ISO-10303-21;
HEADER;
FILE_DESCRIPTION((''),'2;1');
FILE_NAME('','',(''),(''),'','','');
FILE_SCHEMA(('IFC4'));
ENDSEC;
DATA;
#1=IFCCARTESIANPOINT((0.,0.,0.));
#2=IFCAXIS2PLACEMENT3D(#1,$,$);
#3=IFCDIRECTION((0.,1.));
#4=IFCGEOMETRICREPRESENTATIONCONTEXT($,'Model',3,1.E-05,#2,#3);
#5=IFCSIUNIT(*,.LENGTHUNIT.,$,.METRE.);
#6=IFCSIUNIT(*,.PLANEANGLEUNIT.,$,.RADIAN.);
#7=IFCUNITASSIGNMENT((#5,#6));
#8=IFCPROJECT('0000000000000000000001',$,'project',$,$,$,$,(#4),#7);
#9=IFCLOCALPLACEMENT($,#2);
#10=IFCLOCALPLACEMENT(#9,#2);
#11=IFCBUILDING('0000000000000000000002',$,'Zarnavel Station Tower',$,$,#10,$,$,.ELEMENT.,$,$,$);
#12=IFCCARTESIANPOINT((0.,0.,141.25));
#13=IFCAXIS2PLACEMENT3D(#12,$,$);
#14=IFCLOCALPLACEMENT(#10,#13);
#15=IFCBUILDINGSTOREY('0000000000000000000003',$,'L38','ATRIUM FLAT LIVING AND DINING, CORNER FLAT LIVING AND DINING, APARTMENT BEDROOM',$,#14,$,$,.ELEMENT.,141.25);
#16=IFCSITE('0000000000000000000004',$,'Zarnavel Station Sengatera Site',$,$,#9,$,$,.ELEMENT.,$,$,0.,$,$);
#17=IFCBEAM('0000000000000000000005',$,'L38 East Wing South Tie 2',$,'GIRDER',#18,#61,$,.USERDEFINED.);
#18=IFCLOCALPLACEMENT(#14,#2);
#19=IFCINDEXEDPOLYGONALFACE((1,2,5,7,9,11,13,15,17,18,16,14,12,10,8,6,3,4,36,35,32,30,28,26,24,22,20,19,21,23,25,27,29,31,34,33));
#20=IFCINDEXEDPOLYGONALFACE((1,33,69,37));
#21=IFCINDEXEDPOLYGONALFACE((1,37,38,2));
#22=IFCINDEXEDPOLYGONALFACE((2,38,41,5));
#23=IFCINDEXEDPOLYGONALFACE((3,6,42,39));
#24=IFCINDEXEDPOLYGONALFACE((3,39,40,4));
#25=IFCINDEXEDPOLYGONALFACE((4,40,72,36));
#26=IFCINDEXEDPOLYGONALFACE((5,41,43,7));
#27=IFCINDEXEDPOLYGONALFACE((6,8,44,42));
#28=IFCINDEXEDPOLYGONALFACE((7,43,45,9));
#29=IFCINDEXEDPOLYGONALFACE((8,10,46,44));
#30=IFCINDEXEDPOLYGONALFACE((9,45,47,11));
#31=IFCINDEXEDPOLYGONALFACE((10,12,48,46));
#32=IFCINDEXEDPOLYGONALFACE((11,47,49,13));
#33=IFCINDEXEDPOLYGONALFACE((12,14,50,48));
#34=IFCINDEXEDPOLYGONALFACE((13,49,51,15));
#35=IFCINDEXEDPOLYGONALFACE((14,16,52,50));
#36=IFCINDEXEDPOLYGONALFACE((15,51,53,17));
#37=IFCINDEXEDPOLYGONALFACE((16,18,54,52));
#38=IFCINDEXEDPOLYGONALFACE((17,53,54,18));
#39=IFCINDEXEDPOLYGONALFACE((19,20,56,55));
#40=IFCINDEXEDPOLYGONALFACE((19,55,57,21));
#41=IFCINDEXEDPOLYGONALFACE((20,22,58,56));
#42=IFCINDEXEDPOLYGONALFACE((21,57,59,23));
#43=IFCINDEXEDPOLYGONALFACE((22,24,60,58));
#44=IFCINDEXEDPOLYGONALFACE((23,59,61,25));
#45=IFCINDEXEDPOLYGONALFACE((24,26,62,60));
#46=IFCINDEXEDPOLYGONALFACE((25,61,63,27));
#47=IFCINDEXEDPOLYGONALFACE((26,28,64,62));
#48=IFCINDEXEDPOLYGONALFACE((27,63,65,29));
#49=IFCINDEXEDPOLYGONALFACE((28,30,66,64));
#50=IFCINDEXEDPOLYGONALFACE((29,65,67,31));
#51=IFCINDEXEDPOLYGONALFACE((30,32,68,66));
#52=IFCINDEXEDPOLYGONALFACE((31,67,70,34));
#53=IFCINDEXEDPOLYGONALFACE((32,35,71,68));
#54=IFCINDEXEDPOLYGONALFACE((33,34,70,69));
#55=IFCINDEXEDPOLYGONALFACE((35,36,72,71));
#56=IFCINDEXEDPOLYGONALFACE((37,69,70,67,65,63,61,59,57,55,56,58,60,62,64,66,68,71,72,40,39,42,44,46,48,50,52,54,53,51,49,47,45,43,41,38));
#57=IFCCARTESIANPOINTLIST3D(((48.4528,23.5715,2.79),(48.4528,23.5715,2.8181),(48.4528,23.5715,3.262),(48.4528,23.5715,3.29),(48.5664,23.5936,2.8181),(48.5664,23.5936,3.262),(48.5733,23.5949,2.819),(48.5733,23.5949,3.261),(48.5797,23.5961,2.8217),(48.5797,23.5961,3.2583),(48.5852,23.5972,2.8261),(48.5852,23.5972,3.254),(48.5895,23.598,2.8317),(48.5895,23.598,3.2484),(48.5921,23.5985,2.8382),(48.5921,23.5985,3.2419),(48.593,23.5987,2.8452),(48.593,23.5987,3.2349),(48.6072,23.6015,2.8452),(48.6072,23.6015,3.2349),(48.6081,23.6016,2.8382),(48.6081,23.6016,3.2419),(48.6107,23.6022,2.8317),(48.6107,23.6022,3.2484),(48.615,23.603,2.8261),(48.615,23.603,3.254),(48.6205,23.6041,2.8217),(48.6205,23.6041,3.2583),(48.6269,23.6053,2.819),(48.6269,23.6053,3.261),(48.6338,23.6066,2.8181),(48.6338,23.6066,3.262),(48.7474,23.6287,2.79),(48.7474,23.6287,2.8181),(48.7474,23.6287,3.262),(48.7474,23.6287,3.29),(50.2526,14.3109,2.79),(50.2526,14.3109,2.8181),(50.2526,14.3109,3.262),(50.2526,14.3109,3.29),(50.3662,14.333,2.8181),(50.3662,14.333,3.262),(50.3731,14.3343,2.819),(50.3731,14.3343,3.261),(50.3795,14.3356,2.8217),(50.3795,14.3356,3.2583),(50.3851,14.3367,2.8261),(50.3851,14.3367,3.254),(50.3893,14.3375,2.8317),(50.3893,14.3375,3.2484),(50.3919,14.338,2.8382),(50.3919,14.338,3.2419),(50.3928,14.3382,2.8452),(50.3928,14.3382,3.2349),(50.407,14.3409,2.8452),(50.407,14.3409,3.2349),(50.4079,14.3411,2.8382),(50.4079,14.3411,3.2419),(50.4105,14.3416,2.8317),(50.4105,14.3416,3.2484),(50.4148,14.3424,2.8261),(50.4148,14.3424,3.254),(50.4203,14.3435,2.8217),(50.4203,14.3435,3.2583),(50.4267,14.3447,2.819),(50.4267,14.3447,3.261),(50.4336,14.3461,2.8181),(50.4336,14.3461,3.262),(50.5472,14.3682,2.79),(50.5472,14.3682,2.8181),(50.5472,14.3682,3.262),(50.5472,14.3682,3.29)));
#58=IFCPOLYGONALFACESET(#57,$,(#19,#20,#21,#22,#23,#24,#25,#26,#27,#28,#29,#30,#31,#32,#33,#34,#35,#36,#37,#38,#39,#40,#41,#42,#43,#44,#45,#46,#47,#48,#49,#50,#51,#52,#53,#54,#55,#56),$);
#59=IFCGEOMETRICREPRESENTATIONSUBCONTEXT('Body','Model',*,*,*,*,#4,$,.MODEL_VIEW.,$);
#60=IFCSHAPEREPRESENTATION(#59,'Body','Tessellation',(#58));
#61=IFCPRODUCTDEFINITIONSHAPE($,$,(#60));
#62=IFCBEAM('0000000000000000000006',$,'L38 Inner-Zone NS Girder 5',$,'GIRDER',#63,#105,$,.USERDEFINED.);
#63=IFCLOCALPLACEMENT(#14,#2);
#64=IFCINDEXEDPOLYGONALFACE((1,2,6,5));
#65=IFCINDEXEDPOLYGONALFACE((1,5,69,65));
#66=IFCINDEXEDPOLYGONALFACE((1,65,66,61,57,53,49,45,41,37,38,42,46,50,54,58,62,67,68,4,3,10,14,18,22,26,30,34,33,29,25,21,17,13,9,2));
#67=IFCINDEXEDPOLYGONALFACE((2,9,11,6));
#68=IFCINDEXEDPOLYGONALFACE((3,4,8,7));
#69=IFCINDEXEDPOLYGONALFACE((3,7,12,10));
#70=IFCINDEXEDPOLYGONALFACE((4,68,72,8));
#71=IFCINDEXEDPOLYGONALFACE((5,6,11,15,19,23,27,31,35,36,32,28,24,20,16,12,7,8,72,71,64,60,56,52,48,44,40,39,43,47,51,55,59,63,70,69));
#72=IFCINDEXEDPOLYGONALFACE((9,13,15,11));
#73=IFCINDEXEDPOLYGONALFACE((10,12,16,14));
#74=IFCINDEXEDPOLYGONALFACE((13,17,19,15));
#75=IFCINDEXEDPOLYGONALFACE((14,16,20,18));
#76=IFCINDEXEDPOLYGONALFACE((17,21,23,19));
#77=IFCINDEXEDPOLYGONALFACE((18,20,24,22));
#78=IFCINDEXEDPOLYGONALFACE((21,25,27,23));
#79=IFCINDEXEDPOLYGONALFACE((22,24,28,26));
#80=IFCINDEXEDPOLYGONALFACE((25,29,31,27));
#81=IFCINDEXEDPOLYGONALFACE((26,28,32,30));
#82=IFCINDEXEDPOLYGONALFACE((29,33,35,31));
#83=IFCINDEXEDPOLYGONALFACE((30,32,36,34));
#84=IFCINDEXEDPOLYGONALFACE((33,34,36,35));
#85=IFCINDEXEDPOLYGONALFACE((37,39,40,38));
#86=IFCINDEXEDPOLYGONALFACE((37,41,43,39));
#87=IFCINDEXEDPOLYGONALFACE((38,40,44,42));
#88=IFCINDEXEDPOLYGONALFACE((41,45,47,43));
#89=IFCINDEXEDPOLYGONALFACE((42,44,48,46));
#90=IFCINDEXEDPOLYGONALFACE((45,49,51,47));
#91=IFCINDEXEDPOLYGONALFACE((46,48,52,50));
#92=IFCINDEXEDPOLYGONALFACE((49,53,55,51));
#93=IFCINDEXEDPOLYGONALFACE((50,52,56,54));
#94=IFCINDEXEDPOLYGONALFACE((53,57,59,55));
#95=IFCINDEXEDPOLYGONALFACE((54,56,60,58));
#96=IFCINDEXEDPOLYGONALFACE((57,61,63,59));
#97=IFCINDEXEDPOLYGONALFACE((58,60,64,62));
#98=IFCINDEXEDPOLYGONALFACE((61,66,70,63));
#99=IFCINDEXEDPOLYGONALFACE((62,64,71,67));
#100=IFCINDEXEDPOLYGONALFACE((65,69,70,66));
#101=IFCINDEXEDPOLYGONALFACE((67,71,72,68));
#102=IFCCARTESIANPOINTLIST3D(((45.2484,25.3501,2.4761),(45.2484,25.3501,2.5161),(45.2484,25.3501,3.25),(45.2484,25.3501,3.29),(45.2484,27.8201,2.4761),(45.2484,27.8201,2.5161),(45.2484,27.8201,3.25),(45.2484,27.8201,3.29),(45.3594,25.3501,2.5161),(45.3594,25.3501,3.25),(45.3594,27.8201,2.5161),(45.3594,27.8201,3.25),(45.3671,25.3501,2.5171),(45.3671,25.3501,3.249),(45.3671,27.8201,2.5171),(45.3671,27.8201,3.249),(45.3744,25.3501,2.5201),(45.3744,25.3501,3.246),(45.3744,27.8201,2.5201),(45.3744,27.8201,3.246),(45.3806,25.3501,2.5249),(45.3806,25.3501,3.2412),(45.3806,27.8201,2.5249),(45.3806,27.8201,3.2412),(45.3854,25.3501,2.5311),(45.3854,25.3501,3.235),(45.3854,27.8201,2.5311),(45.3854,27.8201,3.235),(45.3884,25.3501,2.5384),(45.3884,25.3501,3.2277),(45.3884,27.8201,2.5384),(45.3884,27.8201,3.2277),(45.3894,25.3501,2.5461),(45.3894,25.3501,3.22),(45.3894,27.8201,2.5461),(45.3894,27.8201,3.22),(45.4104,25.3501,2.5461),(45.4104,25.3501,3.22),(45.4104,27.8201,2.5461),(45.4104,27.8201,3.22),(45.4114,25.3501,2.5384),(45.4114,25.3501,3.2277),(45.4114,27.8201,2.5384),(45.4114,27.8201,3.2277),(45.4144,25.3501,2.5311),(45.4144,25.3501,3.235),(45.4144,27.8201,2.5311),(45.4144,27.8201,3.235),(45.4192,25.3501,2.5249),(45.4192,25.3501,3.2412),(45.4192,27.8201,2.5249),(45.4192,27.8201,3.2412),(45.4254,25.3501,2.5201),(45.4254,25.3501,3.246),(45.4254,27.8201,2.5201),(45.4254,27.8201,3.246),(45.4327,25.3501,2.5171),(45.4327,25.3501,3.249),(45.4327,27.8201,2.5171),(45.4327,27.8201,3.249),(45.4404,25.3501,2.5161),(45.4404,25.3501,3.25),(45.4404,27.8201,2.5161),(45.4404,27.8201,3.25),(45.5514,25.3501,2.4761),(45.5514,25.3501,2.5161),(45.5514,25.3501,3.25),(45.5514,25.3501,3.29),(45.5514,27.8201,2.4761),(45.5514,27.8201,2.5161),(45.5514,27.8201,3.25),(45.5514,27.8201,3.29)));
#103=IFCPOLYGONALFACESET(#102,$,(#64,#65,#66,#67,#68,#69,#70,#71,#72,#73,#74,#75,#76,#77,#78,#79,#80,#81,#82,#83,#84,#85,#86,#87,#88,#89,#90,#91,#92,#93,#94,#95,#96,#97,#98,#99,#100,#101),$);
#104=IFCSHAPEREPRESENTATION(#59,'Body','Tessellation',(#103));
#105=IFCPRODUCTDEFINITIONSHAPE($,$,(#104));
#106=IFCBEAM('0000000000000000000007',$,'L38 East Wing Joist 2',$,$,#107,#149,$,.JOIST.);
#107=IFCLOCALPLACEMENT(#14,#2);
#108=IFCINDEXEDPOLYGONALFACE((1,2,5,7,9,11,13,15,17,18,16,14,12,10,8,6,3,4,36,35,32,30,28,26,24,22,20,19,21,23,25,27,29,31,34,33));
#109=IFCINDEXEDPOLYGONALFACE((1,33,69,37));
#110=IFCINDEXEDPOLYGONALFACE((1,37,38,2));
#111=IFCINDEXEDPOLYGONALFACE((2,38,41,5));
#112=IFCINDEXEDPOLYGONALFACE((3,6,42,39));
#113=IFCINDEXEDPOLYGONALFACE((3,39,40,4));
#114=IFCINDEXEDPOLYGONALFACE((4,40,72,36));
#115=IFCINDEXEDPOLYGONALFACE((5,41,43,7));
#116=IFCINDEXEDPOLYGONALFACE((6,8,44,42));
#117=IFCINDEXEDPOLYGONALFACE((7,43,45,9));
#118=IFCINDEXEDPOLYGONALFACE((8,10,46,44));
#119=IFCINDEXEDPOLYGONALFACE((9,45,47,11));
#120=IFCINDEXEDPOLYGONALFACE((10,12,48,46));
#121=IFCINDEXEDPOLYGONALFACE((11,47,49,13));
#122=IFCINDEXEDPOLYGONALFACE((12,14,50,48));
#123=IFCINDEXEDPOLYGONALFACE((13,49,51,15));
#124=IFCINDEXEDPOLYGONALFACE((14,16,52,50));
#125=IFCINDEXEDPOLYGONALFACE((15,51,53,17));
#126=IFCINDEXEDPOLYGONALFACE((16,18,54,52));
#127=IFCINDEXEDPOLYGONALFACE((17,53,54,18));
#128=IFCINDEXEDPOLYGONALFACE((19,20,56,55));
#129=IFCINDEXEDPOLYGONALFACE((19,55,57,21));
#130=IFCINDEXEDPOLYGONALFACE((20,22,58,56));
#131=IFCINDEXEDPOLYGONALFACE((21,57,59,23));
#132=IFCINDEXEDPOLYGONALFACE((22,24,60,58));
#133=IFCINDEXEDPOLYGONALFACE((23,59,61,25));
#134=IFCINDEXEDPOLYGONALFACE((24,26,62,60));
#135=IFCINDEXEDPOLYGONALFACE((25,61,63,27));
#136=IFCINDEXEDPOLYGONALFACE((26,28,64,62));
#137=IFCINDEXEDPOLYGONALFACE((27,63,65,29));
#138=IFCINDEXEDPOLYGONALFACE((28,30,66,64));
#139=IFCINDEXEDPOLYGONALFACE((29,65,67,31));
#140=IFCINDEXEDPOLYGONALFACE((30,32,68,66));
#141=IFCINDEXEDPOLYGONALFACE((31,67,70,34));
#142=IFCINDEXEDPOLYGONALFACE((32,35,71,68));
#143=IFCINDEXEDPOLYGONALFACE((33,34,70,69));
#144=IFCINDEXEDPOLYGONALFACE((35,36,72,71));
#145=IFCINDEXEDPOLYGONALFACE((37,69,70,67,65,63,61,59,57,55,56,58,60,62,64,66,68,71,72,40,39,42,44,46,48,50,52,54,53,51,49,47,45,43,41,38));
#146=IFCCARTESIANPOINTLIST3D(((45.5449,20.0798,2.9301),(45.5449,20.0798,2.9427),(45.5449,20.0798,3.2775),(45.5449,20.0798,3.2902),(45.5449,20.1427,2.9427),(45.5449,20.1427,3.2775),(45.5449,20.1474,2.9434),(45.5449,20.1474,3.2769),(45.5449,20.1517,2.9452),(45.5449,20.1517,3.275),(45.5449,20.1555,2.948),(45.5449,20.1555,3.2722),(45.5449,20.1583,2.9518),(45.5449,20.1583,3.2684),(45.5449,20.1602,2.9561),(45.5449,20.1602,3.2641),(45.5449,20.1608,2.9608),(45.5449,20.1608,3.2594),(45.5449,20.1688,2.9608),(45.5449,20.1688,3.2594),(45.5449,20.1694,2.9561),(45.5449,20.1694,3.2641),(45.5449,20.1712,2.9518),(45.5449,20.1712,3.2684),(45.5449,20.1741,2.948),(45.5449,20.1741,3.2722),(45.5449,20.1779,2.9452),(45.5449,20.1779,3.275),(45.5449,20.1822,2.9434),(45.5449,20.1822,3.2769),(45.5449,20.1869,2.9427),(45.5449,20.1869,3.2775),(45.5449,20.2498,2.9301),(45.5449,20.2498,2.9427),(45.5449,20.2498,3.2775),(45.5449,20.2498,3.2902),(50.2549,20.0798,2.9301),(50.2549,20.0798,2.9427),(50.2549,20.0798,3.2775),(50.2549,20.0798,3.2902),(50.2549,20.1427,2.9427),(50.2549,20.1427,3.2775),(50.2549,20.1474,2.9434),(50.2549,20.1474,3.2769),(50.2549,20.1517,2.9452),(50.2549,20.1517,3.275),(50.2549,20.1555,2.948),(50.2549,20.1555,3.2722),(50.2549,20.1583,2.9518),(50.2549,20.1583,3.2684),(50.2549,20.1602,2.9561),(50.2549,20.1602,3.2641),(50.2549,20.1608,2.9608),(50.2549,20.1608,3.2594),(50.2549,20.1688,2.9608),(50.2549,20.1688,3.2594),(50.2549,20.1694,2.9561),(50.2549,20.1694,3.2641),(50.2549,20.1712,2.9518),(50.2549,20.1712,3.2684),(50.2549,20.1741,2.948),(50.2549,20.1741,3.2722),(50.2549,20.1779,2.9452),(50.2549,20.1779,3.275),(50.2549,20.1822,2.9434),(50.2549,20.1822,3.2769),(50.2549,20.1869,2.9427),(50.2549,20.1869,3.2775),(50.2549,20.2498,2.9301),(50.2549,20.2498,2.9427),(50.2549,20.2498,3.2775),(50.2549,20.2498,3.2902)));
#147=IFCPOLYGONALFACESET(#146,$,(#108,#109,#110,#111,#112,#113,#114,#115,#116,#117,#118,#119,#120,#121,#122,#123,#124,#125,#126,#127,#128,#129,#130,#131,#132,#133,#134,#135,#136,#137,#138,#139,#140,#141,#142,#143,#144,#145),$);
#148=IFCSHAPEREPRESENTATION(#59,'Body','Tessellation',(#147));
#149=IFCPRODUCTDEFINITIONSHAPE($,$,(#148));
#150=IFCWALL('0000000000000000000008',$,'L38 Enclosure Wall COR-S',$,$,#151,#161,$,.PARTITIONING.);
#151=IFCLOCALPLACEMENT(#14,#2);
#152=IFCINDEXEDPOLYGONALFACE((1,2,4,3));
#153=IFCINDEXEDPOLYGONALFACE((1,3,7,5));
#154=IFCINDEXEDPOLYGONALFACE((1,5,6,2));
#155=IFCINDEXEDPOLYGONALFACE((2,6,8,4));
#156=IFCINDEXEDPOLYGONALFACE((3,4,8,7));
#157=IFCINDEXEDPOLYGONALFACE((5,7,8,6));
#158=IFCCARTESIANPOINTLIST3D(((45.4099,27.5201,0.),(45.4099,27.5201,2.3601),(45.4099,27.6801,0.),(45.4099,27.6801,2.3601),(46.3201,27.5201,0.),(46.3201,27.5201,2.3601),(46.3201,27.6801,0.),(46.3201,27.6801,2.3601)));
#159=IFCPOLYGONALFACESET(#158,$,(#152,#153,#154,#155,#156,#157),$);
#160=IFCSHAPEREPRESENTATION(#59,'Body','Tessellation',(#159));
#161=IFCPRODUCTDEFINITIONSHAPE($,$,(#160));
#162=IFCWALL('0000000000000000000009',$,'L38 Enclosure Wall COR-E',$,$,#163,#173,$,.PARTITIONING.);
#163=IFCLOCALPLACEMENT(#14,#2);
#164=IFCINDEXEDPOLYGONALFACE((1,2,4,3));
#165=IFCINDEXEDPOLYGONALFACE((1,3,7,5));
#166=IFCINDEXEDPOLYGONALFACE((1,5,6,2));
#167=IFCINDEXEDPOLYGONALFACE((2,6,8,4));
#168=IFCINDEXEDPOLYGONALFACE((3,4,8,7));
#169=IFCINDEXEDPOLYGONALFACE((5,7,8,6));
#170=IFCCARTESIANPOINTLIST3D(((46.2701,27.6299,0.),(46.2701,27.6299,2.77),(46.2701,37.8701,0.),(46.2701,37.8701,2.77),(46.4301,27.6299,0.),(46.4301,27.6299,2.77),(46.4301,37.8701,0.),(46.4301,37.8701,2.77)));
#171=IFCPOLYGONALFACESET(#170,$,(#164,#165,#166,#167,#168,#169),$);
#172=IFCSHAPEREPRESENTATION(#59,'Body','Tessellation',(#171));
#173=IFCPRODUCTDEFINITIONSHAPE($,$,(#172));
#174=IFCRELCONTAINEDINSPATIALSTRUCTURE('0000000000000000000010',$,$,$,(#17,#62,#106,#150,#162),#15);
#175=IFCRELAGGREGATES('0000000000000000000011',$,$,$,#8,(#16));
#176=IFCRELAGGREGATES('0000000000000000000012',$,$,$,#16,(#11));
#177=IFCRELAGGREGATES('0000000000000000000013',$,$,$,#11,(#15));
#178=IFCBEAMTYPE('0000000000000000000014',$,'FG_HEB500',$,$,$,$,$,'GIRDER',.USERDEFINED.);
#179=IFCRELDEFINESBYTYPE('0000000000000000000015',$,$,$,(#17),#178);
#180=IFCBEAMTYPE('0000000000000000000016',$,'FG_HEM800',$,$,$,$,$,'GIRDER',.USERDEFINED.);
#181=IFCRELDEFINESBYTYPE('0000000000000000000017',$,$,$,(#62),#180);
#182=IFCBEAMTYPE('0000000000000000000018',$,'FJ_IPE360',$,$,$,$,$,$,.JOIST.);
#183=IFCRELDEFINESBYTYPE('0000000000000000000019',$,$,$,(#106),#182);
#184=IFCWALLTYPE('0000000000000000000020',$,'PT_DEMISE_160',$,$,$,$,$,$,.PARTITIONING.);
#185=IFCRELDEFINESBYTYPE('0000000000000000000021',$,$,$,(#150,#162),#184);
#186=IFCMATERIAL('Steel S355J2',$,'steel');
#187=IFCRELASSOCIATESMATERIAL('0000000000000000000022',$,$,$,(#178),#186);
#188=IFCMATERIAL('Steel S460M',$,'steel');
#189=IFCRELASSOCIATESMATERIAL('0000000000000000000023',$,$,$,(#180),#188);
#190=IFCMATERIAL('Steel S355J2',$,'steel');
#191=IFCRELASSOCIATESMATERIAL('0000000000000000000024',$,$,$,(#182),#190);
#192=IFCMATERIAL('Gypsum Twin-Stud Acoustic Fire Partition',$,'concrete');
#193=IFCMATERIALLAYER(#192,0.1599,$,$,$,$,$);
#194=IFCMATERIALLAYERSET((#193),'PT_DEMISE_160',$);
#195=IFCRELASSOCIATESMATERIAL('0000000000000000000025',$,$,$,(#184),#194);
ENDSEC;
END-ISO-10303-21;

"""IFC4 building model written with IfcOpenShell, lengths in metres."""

from ifc_helpers import new_model, si_unit, direction, frame, frame_2d, origin, origin_2d, place, context, subcontext, project, spatial, rectangle, i_section, extrude, material, layer, layer_set, material_profile, profile_set, type_object, element, save


model = new_model("IFC4")

# Units and contexts
model_context = context("Model", 3, precision=1e-05, world=origin(), true_north=direction((0.0, 1.0)))
body_context = subcontext(model_context, "Body", "Model", "MODEL_VIEW")
ifc_project = project(units=[si_unit("LENGTHUNIT", "METRE"), si_unit("PLANEANGLEUNIT", "RADIAN")], contexts=[model_context])

# Site, building, storey
site_placement = place(None, origin())
site = spatial("IfcSite", under=ifc_project, at=site_placement, Name="Zarnavel Station Sengatera Site", CompositionType="ELEMENT", RefElevation=0.0)
building_placement = place(site_placement, origin())
building = spatial("IfcBuilding", under=site, at=building_placement, Name="Zarnavel Station Tower", CompositionType="ELEMENT")
storey_placement = place(building_placement, frame((0.0, 0.0, 141.25)))
storey = spatial("IfcBuildingStorey", under=building, at=storey_placement, Name="L38", Description="ATRIUM FLAT LIVING AND DINING, CORNER FLAT LIVING AND DINING, APARTMENT BEDROOM", CompositionType="ELEMENT", Elevation=141.25)

# Beams
ifc_material_1 = material(Name="Steel S355J2", Category="steel")
ifc_material_profile_1 = material_profile(ifc_material_1, i_section(OverallWidth=0.3, OverallDepth=0.5, WebThickness=0.0144, FlangeThickness=0.0281, FilletRadius=0.0271, at=origin_2d()), Name="HEB500")
ifc_profile_set_1 = profile_set([ifc_material_profile_1], Name="Steel S355J2")
beam_type_1 = type_object("IfcBeamType", Name="FG_HEB500", ElementType="GIRDER", PredefinedType="USERDEFINED", material=ifc_profile_set_1)
beam_1_placement = place(storey_placement, frame((48.6001, 23.6001, 3.04), z_axis=(0.190783, -0.981632, 0.0), x_axis=(0.981632, 0.190783, 0.0)))
element("IfcBeam", 1, at=beam_1_placement, inside=storey, type_object=beam_type_1, Name="L38 East Wing South Tie 2", ObjectType="GIRDER", PredefinedType="USERDEFINED", context=body_context, shape_type="SweptSolid", body=[
    extrude(i_section(OverallWidth=0.3, OverallDepth=0.5, WebThickness=0.0144, FlangeThickness=0.0281, FilletRadius=0.0271, at=origin_2d()), origin(), (0.0, 0.0, 1.0), 9.4338),
])
ifc_material_2 = material(Name="Steel S460M", Category="steel")
ifc_material_profile_2 = material_profile(ifc_material_2, i_section(OverallWidth=0.303, OverallDepth=0.814, WebThickness=0.021, FlangeThickness=0.04, FilletRadius=0.03, at=origin_2d()), Name="HEM800")
ifc_profile_set_2 = profile_set([ifc_material_profile_2], Name="Steel S460M")
beam_type_2 = type_object("IfcBeamType", Name="FG_HEM800", ElementType="GIRDER", PredefinedType="USERDEFINED", material=ifc_profile_set_2)
beam_2_placement = place(storey_placement, frame((45.3999, 25.3501, 2.8831), z_axis=(0.0, 1.0, 0.0), x_axis=(-1.0, 0.0, 0.0)))
element("IfcBeam", 2, at=beam_2_placement, inside=storey, type_object=beam_type_2, Name="L38 Inner-Zone NS Girder 5", ObjectType="GIRDER", PredefinedType="USERDEFINED", context=body_context, shape_type="SweptSolid", body=[
    extrude(i_section(OverallWidth=0.303, OverallDepth=0.814, WebThickness=0.021, FlangeThickness=0.04, FilletRadius=0.03, at=origin_2d()), origin(), (0.0, 0.0, 1.0), 2.47),
])
ifc_material_3 = material(Name="Steel S355J2", Category="steel")
ifc_material_profile_3 = material_profile(ifc_material_3, i_section(OverallWidth=0.1699, OverallDepth=0.3601, WebThickness=0.0081, FlangeThickness=0.0127, FilletRadius=0.0181, at=origin_2d()), Name="IPE360")
ifc_profile_set_3 = profile_set([ifc_material_profile_3], Name="Steel S355J2")
beam_type_3 = type_object("IfcBeamType", Name="FJ_IPE360", PredefinedType="JOIST", material=ifc_profile_set_3)
beam_3_placement = place(storey_placement, frame((45.5449, 20.1648, 3.1101), z_axis=(1.0, 0.0, 0.0), x_axis=(0.0, 1.0, 0.0)))
element("IfcBeam", 3, at=beam_3_placement, inside=storey, type_object=beam_type_3, Name="L38 East Wing Joist 2", PredefinedType="JOIST", context=body_context, shape_type="SweptSolid", body=[
    extrude(i_section(OverallWidth=0.1699, OverallDepth=0.3601, WebThickness=0.0081, FlangeThickness=0.0127, FilletRadius=0.0181, at=origin_2d()), origin(), (0.0, 0.0, 1.0), 4.71),
])

# Shared definitions
ifc_material_4 = material(Name="Gypsum Twin-Stud Acoustic Fire Partition", Category="concrete")
ifc_layer_1 = layer(ifc_material_4, 0.1599)
ifc_layer_set_1 = layer_set([ifc_layer_1], Name="PT_DEMISE_160")
wall_type_1 = type_object("IfcWallType", Name="PT_DEMISE_160", PredefinedType="PARTITIONING", material=ifc_layer_set_1)

# Walls
wall_1_placement = place(storey_placement, frame((45.4099, 27.6001, 0.0), z_axis=(0.0, 0.0, 1.0), x_axis=(1.0, 0.0, 0.0)))
element("IfcWall", 4, at=wall_1_placement, inside=storey, type_object=wall_type_1, Name="L38 Enclosure Wall COR-S", PredefinedType="PARTITIONING", context=body_context, shape_type="SweptSolid", body=[
    extrude(rectangle(XDim=0.9102, YDim=0.1599, at=frame_2d((0.4551, 0.0))), origin(), (0.0, 0.0, 1.0), 2.3601),
])
wall_2_placement = place(storey_placement, frame((46.3501, 27.6299, 0.0), z_axis=(0.0, 0.0, 1.0), x_axis=(0.0, 1.0, 0.0)))
element("IfcWall", 5, at=wall_2_placement, inside=storey, type_object=wall_type_1, Name="L38 Enclosure Wall COR-E", PredefinedType="PARTITIONING", context=body_context, shape_type="SweptSolid", body=[
    extrude(rectangle(XDim=10.2402, YDim=0.1599, at=frame_2d((5.1201, 0.0))), origin(), (0.0, 0.0, 1.0), 2.77),
])

save(model, "model.ifc")
